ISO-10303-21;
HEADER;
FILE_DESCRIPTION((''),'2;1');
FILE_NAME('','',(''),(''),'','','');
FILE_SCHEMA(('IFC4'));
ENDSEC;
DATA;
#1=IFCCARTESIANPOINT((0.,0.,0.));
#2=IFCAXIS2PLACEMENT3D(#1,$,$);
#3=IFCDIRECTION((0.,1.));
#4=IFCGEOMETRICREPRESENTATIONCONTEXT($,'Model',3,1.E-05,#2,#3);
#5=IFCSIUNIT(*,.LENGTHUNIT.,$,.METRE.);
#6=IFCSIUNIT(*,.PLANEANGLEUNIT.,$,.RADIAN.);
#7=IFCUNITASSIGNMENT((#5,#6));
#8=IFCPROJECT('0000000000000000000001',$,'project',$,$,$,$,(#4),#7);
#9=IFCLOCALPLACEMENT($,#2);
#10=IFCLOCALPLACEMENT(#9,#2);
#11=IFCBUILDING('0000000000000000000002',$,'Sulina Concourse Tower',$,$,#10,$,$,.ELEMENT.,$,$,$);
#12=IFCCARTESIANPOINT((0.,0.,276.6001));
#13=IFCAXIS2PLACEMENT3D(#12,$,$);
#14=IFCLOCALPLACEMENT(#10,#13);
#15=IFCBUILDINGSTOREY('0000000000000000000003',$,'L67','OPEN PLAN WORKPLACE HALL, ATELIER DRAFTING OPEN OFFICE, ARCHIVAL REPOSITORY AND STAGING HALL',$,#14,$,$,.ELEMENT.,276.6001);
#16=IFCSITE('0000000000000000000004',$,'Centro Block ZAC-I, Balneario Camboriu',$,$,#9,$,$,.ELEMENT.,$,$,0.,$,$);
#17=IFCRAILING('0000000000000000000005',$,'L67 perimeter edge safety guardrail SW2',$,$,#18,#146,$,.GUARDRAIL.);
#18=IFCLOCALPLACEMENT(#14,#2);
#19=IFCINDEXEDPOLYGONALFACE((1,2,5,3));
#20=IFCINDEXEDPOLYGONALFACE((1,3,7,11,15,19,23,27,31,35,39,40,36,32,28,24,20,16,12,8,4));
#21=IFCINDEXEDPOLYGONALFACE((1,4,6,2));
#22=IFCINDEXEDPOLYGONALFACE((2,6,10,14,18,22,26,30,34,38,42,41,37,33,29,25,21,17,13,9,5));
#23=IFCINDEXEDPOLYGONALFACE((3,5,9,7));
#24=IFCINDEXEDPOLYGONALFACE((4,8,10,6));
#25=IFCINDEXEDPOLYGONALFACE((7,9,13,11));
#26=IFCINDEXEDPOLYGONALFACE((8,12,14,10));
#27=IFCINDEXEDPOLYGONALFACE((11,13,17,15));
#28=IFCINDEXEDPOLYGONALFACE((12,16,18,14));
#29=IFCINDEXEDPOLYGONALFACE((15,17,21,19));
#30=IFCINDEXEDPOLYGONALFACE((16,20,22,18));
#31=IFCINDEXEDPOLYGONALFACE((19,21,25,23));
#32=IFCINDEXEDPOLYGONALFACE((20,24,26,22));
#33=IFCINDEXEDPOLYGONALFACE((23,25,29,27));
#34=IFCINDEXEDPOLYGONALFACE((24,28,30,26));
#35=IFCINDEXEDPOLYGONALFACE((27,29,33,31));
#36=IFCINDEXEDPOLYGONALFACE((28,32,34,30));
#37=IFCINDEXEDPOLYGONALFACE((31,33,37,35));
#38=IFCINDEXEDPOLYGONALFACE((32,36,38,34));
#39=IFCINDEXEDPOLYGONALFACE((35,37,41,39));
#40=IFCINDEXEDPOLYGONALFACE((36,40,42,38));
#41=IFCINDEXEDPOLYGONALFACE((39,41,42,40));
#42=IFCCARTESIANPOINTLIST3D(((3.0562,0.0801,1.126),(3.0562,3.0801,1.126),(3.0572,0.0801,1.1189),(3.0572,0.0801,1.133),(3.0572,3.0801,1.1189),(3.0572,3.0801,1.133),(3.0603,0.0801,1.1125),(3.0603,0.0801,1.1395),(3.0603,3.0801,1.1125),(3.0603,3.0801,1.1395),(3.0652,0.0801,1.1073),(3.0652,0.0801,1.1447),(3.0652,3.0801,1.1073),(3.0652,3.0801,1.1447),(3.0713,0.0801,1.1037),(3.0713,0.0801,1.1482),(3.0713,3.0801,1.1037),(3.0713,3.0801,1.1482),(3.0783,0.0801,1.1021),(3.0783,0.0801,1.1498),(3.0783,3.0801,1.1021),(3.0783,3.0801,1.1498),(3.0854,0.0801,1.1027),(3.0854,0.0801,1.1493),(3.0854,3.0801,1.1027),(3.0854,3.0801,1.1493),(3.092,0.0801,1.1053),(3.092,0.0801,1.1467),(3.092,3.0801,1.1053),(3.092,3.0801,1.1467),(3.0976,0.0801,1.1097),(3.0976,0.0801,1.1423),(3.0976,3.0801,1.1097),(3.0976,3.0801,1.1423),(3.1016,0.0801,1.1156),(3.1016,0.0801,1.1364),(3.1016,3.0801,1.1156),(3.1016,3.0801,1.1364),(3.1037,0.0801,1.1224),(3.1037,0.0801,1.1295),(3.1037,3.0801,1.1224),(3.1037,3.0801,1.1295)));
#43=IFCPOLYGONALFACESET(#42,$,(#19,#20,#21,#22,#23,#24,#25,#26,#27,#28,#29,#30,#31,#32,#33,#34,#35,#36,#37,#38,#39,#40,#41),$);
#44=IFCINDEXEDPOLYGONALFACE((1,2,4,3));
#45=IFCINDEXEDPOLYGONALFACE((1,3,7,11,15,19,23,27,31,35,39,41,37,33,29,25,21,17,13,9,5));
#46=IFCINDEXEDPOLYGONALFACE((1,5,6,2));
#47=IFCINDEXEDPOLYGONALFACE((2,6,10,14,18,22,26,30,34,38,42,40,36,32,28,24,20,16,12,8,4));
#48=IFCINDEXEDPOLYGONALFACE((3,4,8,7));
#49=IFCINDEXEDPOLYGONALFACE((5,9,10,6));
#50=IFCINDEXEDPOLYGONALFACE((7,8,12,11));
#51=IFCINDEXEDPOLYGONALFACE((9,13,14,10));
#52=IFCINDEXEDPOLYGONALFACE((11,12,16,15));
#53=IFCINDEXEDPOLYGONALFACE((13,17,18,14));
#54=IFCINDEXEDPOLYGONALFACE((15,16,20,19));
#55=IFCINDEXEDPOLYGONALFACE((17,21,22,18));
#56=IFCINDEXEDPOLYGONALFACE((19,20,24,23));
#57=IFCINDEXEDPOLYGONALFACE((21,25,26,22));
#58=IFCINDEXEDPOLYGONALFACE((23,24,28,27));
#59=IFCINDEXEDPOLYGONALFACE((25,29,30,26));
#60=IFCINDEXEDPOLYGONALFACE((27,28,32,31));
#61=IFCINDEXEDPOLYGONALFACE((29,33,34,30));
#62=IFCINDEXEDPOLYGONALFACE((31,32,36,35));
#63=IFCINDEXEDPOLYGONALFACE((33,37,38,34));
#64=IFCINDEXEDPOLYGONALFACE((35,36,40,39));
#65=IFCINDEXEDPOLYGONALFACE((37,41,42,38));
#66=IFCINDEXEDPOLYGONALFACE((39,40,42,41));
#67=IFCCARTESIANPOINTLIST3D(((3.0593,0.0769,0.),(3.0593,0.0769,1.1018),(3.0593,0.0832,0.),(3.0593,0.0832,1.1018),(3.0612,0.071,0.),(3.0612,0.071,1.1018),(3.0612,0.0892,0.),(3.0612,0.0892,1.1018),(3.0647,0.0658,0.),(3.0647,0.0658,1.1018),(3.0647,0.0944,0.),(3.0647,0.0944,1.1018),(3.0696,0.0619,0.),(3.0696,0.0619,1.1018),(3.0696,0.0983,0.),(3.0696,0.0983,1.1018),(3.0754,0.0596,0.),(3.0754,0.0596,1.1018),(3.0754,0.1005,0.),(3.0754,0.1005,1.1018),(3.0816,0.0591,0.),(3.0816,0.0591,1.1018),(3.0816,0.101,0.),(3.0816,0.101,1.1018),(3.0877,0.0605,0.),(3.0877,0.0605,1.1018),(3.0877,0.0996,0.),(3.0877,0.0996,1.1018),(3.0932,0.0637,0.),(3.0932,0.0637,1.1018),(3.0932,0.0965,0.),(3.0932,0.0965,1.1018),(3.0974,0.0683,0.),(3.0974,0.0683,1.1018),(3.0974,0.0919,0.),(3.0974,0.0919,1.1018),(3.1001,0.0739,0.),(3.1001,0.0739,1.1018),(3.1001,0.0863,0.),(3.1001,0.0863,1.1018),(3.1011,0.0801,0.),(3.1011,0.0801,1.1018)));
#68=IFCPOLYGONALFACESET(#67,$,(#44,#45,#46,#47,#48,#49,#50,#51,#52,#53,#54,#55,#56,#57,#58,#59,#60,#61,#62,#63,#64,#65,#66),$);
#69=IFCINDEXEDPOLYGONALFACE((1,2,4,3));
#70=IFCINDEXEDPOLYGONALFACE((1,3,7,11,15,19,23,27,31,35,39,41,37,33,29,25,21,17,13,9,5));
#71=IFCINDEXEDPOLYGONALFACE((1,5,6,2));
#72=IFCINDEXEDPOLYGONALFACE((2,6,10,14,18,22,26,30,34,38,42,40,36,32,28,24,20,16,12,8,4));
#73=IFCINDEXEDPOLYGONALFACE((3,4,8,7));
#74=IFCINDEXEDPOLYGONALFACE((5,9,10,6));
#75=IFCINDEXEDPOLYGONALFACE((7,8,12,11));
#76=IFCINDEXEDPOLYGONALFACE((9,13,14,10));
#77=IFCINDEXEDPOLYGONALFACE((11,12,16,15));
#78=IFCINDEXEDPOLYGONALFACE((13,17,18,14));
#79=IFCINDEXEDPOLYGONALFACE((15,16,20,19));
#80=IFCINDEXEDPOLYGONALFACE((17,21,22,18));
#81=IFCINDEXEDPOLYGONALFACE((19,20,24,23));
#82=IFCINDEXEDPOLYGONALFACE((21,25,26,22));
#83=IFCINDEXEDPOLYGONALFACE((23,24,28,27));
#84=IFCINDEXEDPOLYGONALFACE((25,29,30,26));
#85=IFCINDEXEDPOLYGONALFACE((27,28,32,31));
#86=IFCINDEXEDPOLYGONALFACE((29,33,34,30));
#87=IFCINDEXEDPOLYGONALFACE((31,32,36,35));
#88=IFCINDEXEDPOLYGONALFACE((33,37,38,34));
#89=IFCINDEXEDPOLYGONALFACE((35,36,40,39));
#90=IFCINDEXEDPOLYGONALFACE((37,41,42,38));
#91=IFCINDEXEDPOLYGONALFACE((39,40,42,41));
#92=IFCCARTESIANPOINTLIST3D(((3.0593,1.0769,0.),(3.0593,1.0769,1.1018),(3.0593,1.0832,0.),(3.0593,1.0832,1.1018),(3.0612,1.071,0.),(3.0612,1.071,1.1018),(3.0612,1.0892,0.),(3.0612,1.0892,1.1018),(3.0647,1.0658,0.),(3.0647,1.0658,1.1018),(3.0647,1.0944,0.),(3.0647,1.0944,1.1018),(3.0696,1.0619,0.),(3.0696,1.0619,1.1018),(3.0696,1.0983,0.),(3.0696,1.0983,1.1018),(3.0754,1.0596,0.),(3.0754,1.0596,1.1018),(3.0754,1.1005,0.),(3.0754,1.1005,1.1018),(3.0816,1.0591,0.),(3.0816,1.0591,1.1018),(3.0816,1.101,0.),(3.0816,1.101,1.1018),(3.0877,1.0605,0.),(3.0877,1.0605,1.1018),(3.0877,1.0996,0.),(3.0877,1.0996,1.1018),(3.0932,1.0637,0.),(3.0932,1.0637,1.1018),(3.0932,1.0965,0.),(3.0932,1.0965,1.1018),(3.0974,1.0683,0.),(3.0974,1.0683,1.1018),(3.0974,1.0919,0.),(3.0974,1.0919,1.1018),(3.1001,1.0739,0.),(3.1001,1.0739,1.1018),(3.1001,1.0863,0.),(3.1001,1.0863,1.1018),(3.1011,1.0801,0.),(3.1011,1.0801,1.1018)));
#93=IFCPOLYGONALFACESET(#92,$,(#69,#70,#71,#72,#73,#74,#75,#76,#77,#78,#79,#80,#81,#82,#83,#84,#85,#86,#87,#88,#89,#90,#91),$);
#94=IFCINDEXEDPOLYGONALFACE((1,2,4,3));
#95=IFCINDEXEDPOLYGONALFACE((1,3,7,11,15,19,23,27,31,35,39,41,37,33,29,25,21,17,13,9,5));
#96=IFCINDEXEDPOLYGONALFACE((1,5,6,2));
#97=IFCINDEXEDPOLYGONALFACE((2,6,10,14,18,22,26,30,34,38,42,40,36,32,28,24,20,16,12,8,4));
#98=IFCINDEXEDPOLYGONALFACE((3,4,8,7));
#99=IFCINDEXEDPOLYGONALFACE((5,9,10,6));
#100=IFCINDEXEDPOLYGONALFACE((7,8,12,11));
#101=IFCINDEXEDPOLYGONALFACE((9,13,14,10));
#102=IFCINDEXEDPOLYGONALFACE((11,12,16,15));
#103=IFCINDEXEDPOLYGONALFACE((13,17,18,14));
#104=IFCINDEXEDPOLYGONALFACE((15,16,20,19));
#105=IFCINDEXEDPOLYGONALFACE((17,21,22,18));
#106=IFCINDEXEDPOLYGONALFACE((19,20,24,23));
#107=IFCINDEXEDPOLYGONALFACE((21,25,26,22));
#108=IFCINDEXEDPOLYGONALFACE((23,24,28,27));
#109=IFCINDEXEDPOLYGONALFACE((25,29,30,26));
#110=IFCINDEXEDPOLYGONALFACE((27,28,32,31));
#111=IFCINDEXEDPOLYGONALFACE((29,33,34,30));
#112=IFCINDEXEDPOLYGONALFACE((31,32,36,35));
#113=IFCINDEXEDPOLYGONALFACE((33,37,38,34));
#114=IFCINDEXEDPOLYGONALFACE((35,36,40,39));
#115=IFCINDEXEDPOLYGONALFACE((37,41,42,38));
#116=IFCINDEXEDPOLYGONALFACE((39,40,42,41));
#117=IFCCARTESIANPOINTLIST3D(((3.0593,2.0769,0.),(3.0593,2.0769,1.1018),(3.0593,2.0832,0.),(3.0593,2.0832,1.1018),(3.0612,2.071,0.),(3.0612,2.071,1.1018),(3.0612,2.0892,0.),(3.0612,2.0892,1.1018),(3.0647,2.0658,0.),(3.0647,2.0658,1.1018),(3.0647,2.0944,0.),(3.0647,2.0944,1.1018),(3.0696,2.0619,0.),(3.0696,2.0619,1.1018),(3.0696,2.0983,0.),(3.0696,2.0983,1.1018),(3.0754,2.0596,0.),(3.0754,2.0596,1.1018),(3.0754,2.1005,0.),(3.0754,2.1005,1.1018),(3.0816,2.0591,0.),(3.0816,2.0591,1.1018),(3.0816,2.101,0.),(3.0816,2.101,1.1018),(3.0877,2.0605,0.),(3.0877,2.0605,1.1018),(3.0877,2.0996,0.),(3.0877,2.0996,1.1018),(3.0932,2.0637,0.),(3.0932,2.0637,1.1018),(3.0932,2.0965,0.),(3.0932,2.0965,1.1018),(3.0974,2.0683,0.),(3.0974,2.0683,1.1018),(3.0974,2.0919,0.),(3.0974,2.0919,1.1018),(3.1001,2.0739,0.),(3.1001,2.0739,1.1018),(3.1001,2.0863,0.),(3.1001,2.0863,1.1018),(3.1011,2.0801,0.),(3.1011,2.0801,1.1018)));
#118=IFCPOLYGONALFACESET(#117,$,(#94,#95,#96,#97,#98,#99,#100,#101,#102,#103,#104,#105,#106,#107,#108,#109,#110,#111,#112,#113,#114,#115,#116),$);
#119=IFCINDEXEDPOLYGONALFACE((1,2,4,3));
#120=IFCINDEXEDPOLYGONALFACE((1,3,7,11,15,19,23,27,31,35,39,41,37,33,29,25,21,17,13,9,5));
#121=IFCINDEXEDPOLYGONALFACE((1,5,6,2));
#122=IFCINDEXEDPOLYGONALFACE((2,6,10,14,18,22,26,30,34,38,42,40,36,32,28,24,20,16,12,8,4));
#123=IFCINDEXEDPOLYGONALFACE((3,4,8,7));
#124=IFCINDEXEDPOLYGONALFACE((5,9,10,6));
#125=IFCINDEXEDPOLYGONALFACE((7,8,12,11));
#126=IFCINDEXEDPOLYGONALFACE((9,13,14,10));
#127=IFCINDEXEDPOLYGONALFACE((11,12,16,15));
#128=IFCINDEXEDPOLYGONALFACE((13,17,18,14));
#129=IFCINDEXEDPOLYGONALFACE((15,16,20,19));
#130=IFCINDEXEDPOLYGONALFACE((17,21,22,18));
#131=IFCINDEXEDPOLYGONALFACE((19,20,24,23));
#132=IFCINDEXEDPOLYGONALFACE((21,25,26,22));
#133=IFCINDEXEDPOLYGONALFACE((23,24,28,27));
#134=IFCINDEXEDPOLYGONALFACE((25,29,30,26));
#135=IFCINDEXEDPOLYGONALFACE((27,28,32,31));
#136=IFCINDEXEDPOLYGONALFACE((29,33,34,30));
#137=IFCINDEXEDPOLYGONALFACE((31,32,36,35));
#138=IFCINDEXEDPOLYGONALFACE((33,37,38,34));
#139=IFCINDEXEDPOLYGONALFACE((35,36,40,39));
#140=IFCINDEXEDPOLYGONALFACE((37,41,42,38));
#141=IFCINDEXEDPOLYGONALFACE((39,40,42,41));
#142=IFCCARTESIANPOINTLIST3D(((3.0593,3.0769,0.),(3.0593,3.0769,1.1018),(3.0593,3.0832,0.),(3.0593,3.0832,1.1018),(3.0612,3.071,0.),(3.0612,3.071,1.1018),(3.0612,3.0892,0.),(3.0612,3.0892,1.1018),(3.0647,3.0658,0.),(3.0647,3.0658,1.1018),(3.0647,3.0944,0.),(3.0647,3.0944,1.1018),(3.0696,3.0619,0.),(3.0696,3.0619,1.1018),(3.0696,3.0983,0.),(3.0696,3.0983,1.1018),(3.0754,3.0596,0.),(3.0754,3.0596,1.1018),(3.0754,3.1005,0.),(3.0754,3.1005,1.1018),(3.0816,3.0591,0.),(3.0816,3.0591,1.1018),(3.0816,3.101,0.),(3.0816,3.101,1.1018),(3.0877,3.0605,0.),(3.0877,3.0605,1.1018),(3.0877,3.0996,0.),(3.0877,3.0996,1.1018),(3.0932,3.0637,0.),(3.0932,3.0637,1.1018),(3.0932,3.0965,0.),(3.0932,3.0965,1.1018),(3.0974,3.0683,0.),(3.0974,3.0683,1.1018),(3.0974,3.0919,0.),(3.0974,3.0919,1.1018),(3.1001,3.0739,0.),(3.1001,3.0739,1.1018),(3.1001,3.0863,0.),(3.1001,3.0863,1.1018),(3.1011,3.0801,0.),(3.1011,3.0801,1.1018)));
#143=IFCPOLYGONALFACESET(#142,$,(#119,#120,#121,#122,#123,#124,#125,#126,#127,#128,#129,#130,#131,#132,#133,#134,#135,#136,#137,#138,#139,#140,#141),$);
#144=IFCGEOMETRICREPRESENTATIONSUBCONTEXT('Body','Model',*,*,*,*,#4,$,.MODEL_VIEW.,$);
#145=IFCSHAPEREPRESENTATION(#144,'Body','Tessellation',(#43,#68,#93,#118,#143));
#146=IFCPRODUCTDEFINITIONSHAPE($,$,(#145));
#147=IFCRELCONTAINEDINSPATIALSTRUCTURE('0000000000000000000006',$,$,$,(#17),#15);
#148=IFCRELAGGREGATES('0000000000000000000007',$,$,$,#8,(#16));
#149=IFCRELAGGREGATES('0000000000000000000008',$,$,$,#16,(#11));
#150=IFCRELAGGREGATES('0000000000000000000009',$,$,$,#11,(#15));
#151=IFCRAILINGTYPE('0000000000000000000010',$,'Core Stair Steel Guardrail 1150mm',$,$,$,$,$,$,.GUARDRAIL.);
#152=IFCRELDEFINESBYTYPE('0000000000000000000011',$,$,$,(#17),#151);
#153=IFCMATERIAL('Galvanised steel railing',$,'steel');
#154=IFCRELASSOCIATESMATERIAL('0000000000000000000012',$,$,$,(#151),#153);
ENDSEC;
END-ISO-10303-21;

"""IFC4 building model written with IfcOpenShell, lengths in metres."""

from ifc_helpers import new_model, si_unit, direction, frame, origin, origin_2d, place, context, subcontext, project, spatial, circle, extrude, material, type_object, element, save


model = new_model("IFC4")

# Units and contexts
model_context = context("Model", 3, precision=1e-05, world=origin(), true_north=direction((0.0, 1.0)))
body_context = subcontext(model_context, "Body", "Model", "MODEL_VIEW")
ifc_project = project(units=[si_unit("LENGTHUNIT", "METRE"), si_unit("PLANEANGLEUNIT", "RADIAN")], contexts=[model_context])

# Site, building, storey
site_placement = place(None, origin())
site = spatial("IfcSite", under=ifc_project, at=site_placement, Name="Centro Block ZAC-I, Balneario Camboriu", CompositionType="ELEMENT", RefElevation=0.0)
building_placement = place(site_placement, origin())
building = spatial("IfcBuilding", under=site, at=building_placement, Name="Sulina Concourse Tower", CompositionType="ELEMENT")
storey_placement = place(building_placement, frame((0.0, 0.0, 276.6001)))
storey = spatial("IfcBuildingStorey", under=building, at=storey_placement, Name="L67", Description="OPEN PLAN WORKPLACE HALL, ATELIER DRAFTING OPEN OFFICE, ARCHIVAL REPOSITORY AND STAGING HALL", CompositionType="ELEMENT", Elevation=276.6001)

# Railing
ifc_material_1 = material(Name="Galvanised steel railing", Category="steel")
railing_type = type_object("IfcRailingType", Name="Core Stair Steel Guardrail 1150mm", PredefinedType="GUARDRAIL", material=ifc_material_1)
railing_1_placement = place(storey_placement, frame((3.0801, 0.0801, 0.0)))
element("IfcRailing", 1, at=railing_1_placement, inside=storey, type_object=railing_type, Name="L67 perimeter edge safety guardrail SW2", PredefinedType="GUARDRAIL", context=body_context, shape_type="SweptSolid", body=[
    extrude(circle(Radius=0.0239, at=origin_2d()), frame((0.0, 0.0, 1.126), z_axis=(0.0, 1.0, 0.0), x_axis=(-1.0, 0.0, 0.0)), (0.0, 0.0, 1.0), 3.0),
    extrude(circle(Radius=0.021, at=origin_2d()), origin(), (0.0, 0.0, 1.0), 1.1018),
    extrude(circle(Radius=0.021, at=origin_2d()), frame((0.0, 1.0, 0.0)), (0.0, 0.0, 1.0), 1.1018),
    extrude(circle(Radius=0.021, at=origin_2d()), frame((0.0, 2.0, 0.0)), (0.0, 0.0, 1.0), 1.1018),
    extrude(circle(Radius=0.021, at=origin_2d()), frame((0.0, 3.0, 0.0)), (0.0, 0.0, 1.0), 1.1018),
])

save(model, "model.ifc")
